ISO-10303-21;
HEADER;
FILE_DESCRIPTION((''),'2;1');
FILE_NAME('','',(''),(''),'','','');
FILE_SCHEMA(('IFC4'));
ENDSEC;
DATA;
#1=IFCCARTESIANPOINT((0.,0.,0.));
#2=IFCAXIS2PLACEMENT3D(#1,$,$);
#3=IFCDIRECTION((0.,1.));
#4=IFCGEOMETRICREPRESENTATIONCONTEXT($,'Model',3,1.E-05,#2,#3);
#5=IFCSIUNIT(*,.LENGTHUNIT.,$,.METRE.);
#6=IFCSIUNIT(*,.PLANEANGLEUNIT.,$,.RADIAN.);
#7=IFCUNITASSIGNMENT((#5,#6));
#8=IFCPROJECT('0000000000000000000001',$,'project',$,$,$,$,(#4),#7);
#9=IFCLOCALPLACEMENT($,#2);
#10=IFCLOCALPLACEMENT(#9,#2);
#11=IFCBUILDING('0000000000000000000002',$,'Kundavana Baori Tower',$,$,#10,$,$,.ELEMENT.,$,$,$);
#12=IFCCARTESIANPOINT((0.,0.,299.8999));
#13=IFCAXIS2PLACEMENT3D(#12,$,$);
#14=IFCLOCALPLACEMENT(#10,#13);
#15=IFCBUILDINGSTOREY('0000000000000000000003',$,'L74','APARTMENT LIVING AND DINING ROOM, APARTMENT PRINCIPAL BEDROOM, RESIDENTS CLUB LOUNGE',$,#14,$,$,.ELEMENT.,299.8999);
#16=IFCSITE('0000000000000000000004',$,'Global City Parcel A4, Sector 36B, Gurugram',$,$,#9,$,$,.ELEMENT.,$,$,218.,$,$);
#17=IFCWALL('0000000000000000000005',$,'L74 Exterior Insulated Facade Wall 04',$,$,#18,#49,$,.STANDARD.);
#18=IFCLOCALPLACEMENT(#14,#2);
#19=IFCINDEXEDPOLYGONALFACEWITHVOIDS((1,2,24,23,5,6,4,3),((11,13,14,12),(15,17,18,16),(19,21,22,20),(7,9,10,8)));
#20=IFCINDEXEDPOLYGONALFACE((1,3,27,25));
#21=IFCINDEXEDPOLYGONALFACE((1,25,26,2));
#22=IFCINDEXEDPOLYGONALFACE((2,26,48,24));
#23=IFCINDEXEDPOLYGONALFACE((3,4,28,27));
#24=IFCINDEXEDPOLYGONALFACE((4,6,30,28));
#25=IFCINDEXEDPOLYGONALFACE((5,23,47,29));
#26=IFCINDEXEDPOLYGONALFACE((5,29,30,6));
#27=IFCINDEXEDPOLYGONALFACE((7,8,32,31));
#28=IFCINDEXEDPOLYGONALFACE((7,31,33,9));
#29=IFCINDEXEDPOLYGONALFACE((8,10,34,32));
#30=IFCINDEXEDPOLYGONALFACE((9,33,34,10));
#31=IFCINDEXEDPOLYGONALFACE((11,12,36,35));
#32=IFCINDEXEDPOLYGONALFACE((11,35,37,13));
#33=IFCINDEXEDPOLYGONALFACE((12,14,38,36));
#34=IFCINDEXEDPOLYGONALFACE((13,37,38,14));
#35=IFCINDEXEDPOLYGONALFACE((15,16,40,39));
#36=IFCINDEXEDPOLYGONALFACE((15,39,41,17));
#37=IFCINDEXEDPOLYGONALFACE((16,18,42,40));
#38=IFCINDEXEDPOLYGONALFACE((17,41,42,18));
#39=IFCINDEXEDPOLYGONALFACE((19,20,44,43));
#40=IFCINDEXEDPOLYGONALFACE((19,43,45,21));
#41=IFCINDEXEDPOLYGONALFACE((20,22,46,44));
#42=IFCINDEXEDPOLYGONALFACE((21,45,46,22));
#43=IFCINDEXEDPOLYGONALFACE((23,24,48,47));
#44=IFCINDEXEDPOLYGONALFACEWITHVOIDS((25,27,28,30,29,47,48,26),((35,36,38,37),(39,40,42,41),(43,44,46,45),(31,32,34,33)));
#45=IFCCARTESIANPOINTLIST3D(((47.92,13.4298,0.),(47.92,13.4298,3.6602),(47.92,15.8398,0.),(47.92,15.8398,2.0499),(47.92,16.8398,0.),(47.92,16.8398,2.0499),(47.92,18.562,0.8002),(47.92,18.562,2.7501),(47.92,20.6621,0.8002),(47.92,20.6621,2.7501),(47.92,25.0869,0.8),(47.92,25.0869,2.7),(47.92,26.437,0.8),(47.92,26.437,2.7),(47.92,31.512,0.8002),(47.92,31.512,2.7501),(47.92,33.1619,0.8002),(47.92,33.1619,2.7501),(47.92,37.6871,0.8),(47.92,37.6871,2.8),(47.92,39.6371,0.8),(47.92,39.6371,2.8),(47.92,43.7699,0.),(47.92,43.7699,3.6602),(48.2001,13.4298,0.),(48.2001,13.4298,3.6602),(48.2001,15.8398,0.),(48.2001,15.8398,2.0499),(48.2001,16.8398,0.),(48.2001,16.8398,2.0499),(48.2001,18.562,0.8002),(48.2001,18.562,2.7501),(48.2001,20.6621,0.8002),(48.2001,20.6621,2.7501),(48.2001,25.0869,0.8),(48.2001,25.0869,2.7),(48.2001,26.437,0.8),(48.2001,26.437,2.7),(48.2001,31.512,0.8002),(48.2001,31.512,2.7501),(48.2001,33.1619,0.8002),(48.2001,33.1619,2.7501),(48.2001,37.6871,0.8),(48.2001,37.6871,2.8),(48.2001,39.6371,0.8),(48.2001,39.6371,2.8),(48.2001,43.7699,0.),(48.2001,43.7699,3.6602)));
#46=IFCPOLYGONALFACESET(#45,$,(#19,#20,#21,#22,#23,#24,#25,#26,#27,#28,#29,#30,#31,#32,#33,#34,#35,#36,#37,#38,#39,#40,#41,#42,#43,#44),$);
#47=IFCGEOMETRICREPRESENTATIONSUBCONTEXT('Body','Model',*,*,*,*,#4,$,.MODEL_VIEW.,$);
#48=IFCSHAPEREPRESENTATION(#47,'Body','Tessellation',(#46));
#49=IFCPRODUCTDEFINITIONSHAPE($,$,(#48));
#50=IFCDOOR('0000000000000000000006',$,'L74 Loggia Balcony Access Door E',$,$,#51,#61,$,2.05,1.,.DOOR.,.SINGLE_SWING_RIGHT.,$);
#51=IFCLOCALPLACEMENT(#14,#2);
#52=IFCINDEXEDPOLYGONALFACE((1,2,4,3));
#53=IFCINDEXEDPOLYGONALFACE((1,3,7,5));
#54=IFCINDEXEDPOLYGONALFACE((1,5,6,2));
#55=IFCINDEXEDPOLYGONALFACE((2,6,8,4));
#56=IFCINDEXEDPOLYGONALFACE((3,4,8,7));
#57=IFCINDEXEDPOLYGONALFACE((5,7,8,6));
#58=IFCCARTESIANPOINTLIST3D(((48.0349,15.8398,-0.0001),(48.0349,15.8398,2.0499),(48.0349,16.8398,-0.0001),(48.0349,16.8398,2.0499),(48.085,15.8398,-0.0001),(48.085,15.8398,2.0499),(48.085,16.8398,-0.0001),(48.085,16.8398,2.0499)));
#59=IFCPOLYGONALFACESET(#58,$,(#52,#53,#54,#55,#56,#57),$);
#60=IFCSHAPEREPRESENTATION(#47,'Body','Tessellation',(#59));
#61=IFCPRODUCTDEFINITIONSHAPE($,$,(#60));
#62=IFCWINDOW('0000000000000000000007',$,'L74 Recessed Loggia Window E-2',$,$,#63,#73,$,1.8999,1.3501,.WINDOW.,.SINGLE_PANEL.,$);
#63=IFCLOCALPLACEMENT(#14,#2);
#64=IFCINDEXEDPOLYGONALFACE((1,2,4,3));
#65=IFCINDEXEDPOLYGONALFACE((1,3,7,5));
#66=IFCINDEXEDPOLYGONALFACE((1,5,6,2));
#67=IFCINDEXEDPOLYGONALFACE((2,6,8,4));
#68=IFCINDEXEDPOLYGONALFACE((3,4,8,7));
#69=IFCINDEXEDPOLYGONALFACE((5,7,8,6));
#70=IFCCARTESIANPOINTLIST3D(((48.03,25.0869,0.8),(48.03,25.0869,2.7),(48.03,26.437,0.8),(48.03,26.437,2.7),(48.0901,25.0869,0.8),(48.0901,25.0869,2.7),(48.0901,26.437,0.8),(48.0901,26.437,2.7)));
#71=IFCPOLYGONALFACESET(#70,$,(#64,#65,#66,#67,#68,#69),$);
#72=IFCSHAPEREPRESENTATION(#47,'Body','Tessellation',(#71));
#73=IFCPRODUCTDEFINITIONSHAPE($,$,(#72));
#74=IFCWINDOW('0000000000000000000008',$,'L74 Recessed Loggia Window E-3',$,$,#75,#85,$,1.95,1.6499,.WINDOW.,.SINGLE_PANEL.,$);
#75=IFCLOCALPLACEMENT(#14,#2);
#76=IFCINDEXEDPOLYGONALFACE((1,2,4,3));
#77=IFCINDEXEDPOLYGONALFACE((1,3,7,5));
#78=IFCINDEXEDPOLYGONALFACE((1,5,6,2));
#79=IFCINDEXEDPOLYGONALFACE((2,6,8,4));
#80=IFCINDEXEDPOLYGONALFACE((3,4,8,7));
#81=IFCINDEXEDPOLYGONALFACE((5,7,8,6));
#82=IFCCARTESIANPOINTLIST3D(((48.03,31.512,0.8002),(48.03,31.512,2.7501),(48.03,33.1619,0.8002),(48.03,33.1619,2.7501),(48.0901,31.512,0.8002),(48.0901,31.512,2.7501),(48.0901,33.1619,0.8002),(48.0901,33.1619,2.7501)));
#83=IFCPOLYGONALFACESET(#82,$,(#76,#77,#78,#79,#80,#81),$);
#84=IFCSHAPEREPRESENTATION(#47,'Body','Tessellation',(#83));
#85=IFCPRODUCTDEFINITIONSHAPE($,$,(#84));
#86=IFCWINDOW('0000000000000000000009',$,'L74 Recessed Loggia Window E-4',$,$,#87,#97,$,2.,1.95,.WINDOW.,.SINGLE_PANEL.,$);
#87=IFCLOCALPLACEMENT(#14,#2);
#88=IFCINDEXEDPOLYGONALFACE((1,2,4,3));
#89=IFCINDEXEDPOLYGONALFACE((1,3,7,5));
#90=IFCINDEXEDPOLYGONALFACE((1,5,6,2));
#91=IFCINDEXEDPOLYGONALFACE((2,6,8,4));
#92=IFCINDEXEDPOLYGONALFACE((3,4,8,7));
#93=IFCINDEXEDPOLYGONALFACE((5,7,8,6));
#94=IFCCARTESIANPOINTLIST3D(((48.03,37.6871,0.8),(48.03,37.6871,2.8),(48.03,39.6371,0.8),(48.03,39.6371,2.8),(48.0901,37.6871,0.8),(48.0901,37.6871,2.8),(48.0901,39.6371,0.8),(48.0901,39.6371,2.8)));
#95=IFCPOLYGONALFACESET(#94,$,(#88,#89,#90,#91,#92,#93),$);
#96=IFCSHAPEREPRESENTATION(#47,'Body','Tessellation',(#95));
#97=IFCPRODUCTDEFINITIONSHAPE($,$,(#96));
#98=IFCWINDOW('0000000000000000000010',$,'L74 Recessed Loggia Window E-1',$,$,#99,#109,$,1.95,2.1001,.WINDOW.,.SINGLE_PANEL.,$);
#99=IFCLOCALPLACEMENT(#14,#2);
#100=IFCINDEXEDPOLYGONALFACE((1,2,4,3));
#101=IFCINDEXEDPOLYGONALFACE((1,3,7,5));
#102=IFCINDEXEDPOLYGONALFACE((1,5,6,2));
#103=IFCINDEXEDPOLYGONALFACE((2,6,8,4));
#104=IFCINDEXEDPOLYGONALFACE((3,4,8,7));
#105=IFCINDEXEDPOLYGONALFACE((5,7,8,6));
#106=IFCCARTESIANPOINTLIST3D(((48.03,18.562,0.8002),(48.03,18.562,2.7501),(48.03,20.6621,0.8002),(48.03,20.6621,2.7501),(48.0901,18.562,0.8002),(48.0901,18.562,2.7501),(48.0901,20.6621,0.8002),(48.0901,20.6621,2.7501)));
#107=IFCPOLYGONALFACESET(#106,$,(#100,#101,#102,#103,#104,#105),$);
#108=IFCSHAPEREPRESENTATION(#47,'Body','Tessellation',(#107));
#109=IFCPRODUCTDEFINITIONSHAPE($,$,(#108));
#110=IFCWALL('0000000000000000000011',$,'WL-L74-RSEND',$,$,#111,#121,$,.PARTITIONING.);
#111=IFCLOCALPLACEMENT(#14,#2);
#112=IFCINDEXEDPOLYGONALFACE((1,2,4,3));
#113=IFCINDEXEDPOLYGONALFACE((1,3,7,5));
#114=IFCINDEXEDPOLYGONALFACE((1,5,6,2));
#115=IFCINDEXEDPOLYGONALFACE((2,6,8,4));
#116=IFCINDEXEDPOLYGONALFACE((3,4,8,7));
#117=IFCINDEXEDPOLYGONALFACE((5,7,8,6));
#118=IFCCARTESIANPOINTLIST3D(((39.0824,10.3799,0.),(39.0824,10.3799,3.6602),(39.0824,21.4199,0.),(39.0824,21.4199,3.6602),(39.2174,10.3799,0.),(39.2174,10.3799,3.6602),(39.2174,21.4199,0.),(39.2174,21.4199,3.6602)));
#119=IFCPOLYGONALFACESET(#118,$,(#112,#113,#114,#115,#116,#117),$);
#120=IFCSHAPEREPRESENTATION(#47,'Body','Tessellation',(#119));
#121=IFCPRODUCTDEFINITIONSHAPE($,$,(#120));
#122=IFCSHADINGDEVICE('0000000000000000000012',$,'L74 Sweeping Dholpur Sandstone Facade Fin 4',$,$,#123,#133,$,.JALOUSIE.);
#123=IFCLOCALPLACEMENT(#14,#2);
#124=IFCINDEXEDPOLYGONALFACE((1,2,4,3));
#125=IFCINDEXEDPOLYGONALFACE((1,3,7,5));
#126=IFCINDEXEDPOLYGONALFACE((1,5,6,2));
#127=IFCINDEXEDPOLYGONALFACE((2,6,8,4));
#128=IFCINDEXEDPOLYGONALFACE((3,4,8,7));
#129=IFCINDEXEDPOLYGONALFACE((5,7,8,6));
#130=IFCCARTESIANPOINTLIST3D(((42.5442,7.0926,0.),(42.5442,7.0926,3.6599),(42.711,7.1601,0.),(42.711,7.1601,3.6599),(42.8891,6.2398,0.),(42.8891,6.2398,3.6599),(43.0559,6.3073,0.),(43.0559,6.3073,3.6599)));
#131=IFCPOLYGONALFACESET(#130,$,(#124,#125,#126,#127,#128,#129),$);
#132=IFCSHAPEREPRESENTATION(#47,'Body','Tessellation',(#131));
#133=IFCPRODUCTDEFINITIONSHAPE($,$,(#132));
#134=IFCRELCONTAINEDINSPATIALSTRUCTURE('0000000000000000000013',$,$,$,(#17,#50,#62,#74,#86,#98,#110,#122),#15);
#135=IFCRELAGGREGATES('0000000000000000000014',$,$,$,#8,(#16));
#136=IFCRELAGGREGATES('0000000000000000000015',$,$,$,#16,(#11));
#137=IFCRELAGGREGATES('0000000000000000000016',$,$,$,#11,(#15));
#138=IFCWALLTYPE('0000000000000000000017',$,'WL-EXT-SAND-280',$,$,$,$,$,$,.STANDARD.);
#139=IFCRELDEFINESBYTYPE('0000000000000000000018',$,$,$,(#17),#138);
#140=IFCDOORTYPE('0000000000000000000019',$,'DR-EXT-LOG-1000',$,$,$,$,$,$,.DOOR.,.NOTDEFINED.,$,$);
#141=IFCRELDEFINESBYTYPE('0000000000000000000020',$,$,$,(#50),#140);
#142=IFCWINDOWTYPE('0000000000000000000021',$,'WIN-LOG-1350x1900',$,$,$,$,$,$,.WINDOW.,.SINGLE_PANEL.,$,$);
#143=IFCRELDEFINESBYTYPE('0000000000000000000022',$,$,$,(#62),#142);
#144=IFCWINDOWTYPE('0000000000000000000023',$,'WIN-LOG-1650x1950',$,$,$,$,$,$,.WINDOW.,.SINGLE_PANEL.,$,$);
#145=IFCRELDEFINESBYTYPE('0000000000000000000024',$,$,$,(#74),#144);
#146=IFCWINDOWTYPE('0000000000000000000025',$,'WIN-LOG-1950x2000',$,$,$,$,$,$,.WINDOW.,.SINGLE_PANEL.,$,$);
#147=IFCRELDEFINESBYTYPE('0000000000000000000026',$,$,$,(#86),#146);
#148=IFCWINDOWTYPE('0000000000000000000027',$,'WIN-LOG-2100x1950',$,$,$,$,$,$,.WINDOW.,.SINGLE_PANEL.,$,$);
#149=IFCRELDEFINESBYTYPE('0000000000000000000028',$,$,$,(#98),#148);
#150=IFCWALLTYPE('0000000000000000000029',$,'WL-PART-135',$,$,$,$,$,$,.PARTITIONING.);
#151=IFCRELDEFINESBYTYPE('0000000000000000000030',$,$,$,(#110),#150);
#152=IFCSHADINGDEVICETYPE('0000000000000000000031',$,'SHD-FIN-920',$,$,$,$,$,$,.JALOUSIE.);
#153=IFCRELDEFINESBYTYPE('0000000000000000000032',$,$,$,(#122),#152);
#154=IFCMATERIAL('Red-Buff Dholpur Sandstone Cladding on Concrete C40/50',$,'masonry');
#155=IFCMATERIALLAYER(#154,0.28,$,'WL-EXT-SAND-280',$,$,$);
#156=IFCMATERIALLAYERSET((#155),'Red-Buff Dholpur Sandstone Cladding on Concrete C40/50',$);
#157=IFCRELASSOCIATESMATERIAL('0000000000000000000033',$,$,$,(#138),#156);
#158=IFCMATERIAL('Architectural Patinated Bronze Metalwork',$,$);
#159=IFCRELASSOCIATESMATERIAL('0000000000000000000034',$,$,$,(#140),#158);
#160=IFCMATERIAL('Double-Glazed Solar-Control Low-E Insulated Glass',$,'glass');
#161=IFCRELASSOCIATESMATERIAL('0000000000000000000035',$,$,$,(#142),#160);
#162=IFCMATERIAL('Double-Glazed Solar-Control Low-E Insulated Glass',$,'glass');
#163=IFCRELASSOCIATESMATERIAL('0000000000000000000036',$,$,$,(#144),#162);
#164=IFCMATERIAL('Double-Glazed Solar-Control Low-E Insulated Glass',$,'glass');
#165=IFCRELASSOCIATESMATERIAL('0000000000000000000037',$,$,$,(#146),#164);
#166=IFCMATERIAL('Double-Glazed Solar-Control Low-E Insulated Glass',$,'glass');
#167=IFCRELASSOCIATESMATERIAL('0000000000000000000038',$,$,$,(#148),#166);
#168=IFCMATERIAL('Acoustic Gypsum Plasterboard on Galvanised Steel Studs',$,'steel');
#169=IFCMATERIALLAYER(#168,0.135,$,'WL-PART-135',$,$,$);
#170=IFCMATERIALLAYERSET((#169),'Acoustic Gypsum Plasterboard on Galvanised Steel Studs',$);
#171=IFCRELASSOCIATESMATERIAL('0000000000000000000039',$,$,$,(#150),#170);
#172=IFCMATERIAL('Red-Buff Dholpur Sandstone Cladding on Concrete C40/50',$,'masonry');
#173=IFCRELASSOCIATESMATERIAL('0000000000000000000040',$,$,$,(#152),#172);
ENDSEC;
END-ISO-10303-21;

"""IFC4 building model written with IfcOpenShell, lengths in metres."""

from ifc_helpers import new_model, si_unit, direction, frame, frame_2d, origin, origin_2d, place, context, subcontext, project, spatial, rectangle, extrude, material, layer, layer_set, type_object, element, fill, save


model = new_model("IFC4")

# Units and contexts
model_context = context("Model", 3, precision=1e-05, world=origin(), true_north=direction((0.0, 1.0)))
body_context = subcontext(model_context, "Body", "Model", "MODEL_VIEW")
ifc_project = project(units=[si_unit("LENGTHUNIT", "METRE"), si_unit("PLANEANGLEUNIT", "RADIAN")], contexts=[model_context])

# Site, building, storey
site_placement = place(None, origin())
site = spatial("IfcSite", under=ifc_project, at=site_placement, Name="Global City Parcel A4, Sector 36B, Gurugram", CompositionType="ELEMENT", RefElevation=218.0)
building_placement = place(site_placement, origin())
building = spatial("IfcBuilding", under=site, at=building_placement, Name="Kundavana Baori Tower", CompositionType="ELEMENT")
storey_placement = place(building_placement, frame((0.0, 0.0, 299.8999)))
storey = spatial("IfcBuildingStorey", under=building, at=storey_placement, Name="L74", Description="APARTMENT LIVING AND DINING ROOM, APARTMENT PRINCIPAL BEDROOM, RESIDENTS CLUB LOUNGE", CompositionType="ELEMENT", Elevation=299.8999)

# Shared definitions
ifc_material_1 = material(Name="Red-Buff Dholpur Sandstone Cladding on Concrete C40/50", Category="masonry")
ifc_layer_1 = layer(ifc_material_1, 0.28, Name="WL-EXT-SAND-280")
ifc_layer_set_1 = layer_set([ifc_layer_1], Name="Red-Buff Dholpur Sandstone Cladding on Concrete C40/50")
wall_type_1 = type_object("IfcWallType", Name="WL-EXT-SAND-280", PredefinedType="STANDARD", material=ifc_layer_set_1)

# Wall, openings, door, windows
wall_1_placement = place(storey_placement, frame((48.0601, 13.4299, 0.0), z_axis=(0.0, 0.0, 1.0), x_axis=(0.0, 1.0, 0.0)))
wall_1 = element("IfcWall", 1, at=wall_1_placement, inside=storey, type_object=wall_type_1, Name="L74 Exterior Insulated Facade Wall 04", PredefinedType="STANDARD", context=body_context, shape_type="SweptSolid", body=[
    extrude(rectangle(XDim=30.3401, YDim=0.28, at=frame_2d((15.1699, 0.0))), origin(), (0.0, 0.0, 1.0), 3.6602),
])
opening_1_placement = place(wall_1_placement, frame((2.4099, 0.0, 0.0)))
opening_1 = element("IfcOpeningElement", 2, at=opening_1_placement, cuts=wall_1, PredefinedType="OPENING", context=body_context, shape_type="SweptSolid", body=[
    extrude(rectangle(XDim=1.0, YDim=2.05, at=frame_2d((0.5, 1.0249))), frame((0.0, 0.1499, 0.0), z_axis=(0.0, -1.0, 0.0), x_axis=(1.0, 0.0, 0.0)), (0.0, 0.0, 1.0), 0.3),
])
opening_2_placement = place(wall_1_placement, frame((5.1321, 0.0, 0.8)))
opening_2 = element("IfcOpeningElement", 3, at=opening_2_placement, cuts=wall_1, PredefinedType="OPENING", context=body_context, shape_type="SweptSolid", body=[
    extrude(rectangle(XDim=2.1001, YDim=1.95, at=frame_2d((1.05, 0.9751))), frame((0.0, 0.1499, 0.0), z_axis=(0.0, -1.0, 0.0), x_axis=(1.0, 0.0, 0.0)), (0.0, 0.0, 1.0), 0.3),
])
opening_3_placement = place(wall_1_placement, frame((11.657, 0.0, 0.8)))
opening_3 = element("IfcOpeningElement", 4, at=opening_3_placement, cuts=wall_1, PredefinedType="OPENING", context=body_context, shape_type="SweptSolid", body=[
    extrude(rectangle(XDim=1.3501, YDim=1.8999, at=frame_2d((0.675, 0.95))), frame((0.0, 0.1499, 0.0), z_axis=(0.0, -1.0, 0.0), x_axis=(1.0, 0.0, 0.0)), (0.0, 0.0, 1.0), 0.3),
])
opening_4_placement = place(wall_1_placement, frame((18.082, 0.0, 0.8)))
opening_4 = element("IfcOpeningElement", 5, at=opening_4_placement, cuts=wall_1, PredefinedType="OPENING", context=body_context, shape_type="SweptSolid", body=[
    extrude(rectangle(XDim=1.6499, YDim=1.95, at=frame_2d((0.825, 0.9751))), frame((0.0, 0.1499, 0.0), z_axis=(0.0, -1.0, 0.0), x_axis=(1.0, 0.0, 0.0)), (0.0, 0.0, 1.0), 0.3),
])
opening_5_placement = place(wall_1_placement, frame((24.2571, 0.0, 0.8)))
opening_5 = element("IfcOpeningElement", 6, at=opening_5_placement, cuts=wall_1, PredefinedType="OPENING", context=body_context, shape_type="SweptSolid", body=[
    extrude(rectangle(XDim=1.95, YDim=2.0, at=frame_2d((0.9751, 1.0))), frame((0.0, 0.1499, 0.0), z_axis=(0.0, -1.0, 0.0), x_axis=(1.0, 0.0, 0.0)), (0.0, 0.0, 1.0), 0.3),
])
ifc_material_2 = material(Name="Architectural Patinated Bronze Metalwork")
door_type = type_object("IfcDoorType", Name="DR-EXT-LOG-1000", OperationType="NOTDEFINED", PredefinedType="DOOR", material=ifc_material_2)
door_placement = place(opening_1_placement, frame((1.0, 0.0, 0.0), z_axis=(0.0, 0.0, 1.0), x_axis=(-1.0, 0.0, 0.0)))
door = element("IfcDoor", 7, at=door_placement, inside=storey, type_object=door_type, Name="L74 Loggia Balcony Access Door E", OperationType="SINGLE_SWING_RIGHT", OverallHeight=2.05, OverallWidth=1.0, PredefinedType="DOOR", context=body_context, shape_type="SweptSolid", body=[
    extrude(rectangle(XDim=1.0, YDim=2.05, at=frame_2d((0.5, 1.0249))), frame((0.0, 0.0249, 0.0), z_axis=(0.0, -1.0, 0.0), x_axis=(1.0, 0.0, 0.0)), (0.0, 0.0, 1.0), 0.05),
])
fill(opening_1, door)
ifc_material_3 = material(Name="Double-Glazed Solar-Control Low-E Insulated Glass", Category="glass")
window_type_1 = type_object("IfcWindowType", Name="WIN-LOG-1350x1900", PartitioningType="SINGLE_PANEL", PredefinedType="WINDOW", material=ifc_material_3)
window_1_placement = place(opening_3_placement, origin())
window_1 = element("IfcWindow", 8, at=window_1_placement, inside=storey, type_object=window_type_1, Name="L74 Recessed Loggia Window E-2", OverallHeight=1.8999, OverallWidth=1.3501, PartitioningType="SINGLE_PANEL", PredefinedType="WINDOW", context=body_context, shape_type="SweptSolid", body=[
    extrude(rectangle(XDim=1.3501, YDim=1.8999, at=frame_2d((0.675, 0.95))), frame((0.0, 0.03, 0.0), z_axis=(0.0, -1.0, 0.0), x_axis=(1.0, 0.0, 0.0)), (0.0, 0.0, 1.0), 0.0601),
])
fill(opening_3, window_1)
ifc_material_4 = material(Name="Double-Glazed Solar-Control Low-E Insulated Glass", Category="glass")
window_type_2 = type_object("IfcWindowType", Name="WIN-LOG-1650x1950", PartitioningType="SINGLE_PANEL", PredefinedType="WINDOW", material=ifc_material_4)
window_2_placement = place(opening_4_placement, origin())
window_2 = element("IfcWindow", 9, at=window_2_placement, inside=storey, type_object=window_type_2, Name="L74 Recessed Loggia Window E-3", OverallHeight=1.95, OverallWidth=1.6499, PartitioningType="SINGLE_PANEL", PredefinedType="WINDOW", context=body_context, shape_type="SweptSolid", body=[
    extrude(rectangle(XDim=1.6499, YDim=1.95, at=frame_2d((0.825, 0.9751))), frame((0.0, 0.03, 0.0), z_axis=(0.0, -1.0, 0.0), x_axis=(1.0, 0.0, 0.0)), (0.0, 0.0, 1.0), 0.0601),
])
fill(opening_4, window_2)
ifc_material_5 = material(Name="Double-Glazed Solar-Control Low-E Insulated Glass", Category="glass")
window_type_3 = type_object("IfcWindowType", Name="WIN-LOG-1950x2000", PartitioningType="SINGLE_PANEL", PredefinedType="WINDOW", material=ifc_material_5)
window_3_placement = place(opening_5_placement, origin())
window_3 = element("IfcWindow", 10, at=window_3_placement, inside=storey, type_object=window_type_3, Name="L74 Recessed Loggia Window E-4", OverallHeight=2.0, OverallWidth=1.95, PartitioningType="SINGLE_PANEL", PredefinedType="WINDOW", context=body_context, shape_type="SweptSolid", body=[
    extrude(rectangle(XDim=1.95, YDim=2.0, at=frame_2d((0.9751, 1.0))), frame((0.0, 0.03, 0.0), z_axis=(0.0, -1.0, 0.0), x_axis=(1.0, 0.0, 0.0)), (0.0, 0.0, 1.0), 0.0601),
])
fill(opening_5, window_3)
ifc_material_6 = material(Name="Double-Glazed Solar-Control Low-E Insulated Glass", Category="glass")
window_type_4 = type_object("IfcWindowType", Name="WIN-LOG-2100x1950", PartitioningType="SINGLE_PANEL", PredefinedType="WINDOW", material=ifc_material_6)
window_4_placement = place(opening_2_placement, origin())
window_4 = element("IfcWindow", 11, at=window_4_placement, inside=storey, type_object=window_type_4, Name="L74 Recessed Loggia Window E-1", OverallHeight=1.95, OverallWidth=2.1001, PartitioningType="SINGLE_PANEL", PredefinedType="WINDOW", context=body_context, shape_type="SweptSolid", body=[
    extrude(rectangle(XDim=2.1001, YDim=1.95, at=frame_2d((1.05, 0.9751))), frame((0.0, 0.03, 0.0), z_axis=(0.0, -1.0, 0.0), x_axis=(1.0, 0.0, 0.0)), (0.0, 0.0, 1.0), 0.0601),
])
fill(opening_2, window_4)

# Wall
ifc_material_7 = material(Name="Acoustic Gypsum Plasterboard on Galvanised Steel Studs", Category="steel")
ifc_layer_2 = layer(ifc_material_7, 0.135, Name="WL-PART-135")
ifc_layer_set_2 = layer_set([ifc_layer_2], Name="Acoustic Gypsum Plasterboard on Galvanised Steel Studs")
wall_type_2 = type_object("IfcWallType", Name="WL-PART-135", PredefinedType="PARTITIONING", material=ifc_layer_set_2)
wall_2_placement = place(storey_placement, frame((39.1499, 10.3799, 0.0), z_axis=(0.0, 0.0, 1.0), x_axis=(0.0, 1.0, 0.0)))
element("IfcWall", 12, at=wall_2_placement, inside=storey, type_object=wall_type_2, Name="WL-L74-RSEND", PredefinedType="PARTITIONING", context=body_context, shape_type="SweptSolid", body=[
    extrude(rectangle(XDim=11.04, YDim=0.135, at=frame_2d((5.52, 0.0))), origin(), (0.0, 0.0, 1.0), 3.6602),
])

# Shading device
ifc_material_8 = material(Name="Red-Buff Dholpur Sandstone Cladding on Concrete C40/50", Category="masonry")
shading_device_type = type_object("IfcShadingDeviceType", Name="SHD-FIN-920", PredefinedType="JALOUSIE", material=ifc_material_8)
shading_device_placement = place(storey_placement, frame((42.8, 6.7, 0.0), z_axis=(0.0, 0.0, 1.0), x_axis=(0.927053, 0.37493, 0.0)))
element("IfcShadingDevice", 13, at=shading_device_placement, inside=storey, type_object=shading_device_type, Name="L74 Sweeping Dholpur Sandstone Facade Fin 4", PredefinedType="JALOUSIE", context=body_context, shape_type="SweptSolid", body=[
    extrude(rectangle(XDim=0.1799, YDim=0.9199, at=origin_2d()), origin(), (0.0, 0.0, 1.0), 3.6599),
])

save(model, "model.ifc")
